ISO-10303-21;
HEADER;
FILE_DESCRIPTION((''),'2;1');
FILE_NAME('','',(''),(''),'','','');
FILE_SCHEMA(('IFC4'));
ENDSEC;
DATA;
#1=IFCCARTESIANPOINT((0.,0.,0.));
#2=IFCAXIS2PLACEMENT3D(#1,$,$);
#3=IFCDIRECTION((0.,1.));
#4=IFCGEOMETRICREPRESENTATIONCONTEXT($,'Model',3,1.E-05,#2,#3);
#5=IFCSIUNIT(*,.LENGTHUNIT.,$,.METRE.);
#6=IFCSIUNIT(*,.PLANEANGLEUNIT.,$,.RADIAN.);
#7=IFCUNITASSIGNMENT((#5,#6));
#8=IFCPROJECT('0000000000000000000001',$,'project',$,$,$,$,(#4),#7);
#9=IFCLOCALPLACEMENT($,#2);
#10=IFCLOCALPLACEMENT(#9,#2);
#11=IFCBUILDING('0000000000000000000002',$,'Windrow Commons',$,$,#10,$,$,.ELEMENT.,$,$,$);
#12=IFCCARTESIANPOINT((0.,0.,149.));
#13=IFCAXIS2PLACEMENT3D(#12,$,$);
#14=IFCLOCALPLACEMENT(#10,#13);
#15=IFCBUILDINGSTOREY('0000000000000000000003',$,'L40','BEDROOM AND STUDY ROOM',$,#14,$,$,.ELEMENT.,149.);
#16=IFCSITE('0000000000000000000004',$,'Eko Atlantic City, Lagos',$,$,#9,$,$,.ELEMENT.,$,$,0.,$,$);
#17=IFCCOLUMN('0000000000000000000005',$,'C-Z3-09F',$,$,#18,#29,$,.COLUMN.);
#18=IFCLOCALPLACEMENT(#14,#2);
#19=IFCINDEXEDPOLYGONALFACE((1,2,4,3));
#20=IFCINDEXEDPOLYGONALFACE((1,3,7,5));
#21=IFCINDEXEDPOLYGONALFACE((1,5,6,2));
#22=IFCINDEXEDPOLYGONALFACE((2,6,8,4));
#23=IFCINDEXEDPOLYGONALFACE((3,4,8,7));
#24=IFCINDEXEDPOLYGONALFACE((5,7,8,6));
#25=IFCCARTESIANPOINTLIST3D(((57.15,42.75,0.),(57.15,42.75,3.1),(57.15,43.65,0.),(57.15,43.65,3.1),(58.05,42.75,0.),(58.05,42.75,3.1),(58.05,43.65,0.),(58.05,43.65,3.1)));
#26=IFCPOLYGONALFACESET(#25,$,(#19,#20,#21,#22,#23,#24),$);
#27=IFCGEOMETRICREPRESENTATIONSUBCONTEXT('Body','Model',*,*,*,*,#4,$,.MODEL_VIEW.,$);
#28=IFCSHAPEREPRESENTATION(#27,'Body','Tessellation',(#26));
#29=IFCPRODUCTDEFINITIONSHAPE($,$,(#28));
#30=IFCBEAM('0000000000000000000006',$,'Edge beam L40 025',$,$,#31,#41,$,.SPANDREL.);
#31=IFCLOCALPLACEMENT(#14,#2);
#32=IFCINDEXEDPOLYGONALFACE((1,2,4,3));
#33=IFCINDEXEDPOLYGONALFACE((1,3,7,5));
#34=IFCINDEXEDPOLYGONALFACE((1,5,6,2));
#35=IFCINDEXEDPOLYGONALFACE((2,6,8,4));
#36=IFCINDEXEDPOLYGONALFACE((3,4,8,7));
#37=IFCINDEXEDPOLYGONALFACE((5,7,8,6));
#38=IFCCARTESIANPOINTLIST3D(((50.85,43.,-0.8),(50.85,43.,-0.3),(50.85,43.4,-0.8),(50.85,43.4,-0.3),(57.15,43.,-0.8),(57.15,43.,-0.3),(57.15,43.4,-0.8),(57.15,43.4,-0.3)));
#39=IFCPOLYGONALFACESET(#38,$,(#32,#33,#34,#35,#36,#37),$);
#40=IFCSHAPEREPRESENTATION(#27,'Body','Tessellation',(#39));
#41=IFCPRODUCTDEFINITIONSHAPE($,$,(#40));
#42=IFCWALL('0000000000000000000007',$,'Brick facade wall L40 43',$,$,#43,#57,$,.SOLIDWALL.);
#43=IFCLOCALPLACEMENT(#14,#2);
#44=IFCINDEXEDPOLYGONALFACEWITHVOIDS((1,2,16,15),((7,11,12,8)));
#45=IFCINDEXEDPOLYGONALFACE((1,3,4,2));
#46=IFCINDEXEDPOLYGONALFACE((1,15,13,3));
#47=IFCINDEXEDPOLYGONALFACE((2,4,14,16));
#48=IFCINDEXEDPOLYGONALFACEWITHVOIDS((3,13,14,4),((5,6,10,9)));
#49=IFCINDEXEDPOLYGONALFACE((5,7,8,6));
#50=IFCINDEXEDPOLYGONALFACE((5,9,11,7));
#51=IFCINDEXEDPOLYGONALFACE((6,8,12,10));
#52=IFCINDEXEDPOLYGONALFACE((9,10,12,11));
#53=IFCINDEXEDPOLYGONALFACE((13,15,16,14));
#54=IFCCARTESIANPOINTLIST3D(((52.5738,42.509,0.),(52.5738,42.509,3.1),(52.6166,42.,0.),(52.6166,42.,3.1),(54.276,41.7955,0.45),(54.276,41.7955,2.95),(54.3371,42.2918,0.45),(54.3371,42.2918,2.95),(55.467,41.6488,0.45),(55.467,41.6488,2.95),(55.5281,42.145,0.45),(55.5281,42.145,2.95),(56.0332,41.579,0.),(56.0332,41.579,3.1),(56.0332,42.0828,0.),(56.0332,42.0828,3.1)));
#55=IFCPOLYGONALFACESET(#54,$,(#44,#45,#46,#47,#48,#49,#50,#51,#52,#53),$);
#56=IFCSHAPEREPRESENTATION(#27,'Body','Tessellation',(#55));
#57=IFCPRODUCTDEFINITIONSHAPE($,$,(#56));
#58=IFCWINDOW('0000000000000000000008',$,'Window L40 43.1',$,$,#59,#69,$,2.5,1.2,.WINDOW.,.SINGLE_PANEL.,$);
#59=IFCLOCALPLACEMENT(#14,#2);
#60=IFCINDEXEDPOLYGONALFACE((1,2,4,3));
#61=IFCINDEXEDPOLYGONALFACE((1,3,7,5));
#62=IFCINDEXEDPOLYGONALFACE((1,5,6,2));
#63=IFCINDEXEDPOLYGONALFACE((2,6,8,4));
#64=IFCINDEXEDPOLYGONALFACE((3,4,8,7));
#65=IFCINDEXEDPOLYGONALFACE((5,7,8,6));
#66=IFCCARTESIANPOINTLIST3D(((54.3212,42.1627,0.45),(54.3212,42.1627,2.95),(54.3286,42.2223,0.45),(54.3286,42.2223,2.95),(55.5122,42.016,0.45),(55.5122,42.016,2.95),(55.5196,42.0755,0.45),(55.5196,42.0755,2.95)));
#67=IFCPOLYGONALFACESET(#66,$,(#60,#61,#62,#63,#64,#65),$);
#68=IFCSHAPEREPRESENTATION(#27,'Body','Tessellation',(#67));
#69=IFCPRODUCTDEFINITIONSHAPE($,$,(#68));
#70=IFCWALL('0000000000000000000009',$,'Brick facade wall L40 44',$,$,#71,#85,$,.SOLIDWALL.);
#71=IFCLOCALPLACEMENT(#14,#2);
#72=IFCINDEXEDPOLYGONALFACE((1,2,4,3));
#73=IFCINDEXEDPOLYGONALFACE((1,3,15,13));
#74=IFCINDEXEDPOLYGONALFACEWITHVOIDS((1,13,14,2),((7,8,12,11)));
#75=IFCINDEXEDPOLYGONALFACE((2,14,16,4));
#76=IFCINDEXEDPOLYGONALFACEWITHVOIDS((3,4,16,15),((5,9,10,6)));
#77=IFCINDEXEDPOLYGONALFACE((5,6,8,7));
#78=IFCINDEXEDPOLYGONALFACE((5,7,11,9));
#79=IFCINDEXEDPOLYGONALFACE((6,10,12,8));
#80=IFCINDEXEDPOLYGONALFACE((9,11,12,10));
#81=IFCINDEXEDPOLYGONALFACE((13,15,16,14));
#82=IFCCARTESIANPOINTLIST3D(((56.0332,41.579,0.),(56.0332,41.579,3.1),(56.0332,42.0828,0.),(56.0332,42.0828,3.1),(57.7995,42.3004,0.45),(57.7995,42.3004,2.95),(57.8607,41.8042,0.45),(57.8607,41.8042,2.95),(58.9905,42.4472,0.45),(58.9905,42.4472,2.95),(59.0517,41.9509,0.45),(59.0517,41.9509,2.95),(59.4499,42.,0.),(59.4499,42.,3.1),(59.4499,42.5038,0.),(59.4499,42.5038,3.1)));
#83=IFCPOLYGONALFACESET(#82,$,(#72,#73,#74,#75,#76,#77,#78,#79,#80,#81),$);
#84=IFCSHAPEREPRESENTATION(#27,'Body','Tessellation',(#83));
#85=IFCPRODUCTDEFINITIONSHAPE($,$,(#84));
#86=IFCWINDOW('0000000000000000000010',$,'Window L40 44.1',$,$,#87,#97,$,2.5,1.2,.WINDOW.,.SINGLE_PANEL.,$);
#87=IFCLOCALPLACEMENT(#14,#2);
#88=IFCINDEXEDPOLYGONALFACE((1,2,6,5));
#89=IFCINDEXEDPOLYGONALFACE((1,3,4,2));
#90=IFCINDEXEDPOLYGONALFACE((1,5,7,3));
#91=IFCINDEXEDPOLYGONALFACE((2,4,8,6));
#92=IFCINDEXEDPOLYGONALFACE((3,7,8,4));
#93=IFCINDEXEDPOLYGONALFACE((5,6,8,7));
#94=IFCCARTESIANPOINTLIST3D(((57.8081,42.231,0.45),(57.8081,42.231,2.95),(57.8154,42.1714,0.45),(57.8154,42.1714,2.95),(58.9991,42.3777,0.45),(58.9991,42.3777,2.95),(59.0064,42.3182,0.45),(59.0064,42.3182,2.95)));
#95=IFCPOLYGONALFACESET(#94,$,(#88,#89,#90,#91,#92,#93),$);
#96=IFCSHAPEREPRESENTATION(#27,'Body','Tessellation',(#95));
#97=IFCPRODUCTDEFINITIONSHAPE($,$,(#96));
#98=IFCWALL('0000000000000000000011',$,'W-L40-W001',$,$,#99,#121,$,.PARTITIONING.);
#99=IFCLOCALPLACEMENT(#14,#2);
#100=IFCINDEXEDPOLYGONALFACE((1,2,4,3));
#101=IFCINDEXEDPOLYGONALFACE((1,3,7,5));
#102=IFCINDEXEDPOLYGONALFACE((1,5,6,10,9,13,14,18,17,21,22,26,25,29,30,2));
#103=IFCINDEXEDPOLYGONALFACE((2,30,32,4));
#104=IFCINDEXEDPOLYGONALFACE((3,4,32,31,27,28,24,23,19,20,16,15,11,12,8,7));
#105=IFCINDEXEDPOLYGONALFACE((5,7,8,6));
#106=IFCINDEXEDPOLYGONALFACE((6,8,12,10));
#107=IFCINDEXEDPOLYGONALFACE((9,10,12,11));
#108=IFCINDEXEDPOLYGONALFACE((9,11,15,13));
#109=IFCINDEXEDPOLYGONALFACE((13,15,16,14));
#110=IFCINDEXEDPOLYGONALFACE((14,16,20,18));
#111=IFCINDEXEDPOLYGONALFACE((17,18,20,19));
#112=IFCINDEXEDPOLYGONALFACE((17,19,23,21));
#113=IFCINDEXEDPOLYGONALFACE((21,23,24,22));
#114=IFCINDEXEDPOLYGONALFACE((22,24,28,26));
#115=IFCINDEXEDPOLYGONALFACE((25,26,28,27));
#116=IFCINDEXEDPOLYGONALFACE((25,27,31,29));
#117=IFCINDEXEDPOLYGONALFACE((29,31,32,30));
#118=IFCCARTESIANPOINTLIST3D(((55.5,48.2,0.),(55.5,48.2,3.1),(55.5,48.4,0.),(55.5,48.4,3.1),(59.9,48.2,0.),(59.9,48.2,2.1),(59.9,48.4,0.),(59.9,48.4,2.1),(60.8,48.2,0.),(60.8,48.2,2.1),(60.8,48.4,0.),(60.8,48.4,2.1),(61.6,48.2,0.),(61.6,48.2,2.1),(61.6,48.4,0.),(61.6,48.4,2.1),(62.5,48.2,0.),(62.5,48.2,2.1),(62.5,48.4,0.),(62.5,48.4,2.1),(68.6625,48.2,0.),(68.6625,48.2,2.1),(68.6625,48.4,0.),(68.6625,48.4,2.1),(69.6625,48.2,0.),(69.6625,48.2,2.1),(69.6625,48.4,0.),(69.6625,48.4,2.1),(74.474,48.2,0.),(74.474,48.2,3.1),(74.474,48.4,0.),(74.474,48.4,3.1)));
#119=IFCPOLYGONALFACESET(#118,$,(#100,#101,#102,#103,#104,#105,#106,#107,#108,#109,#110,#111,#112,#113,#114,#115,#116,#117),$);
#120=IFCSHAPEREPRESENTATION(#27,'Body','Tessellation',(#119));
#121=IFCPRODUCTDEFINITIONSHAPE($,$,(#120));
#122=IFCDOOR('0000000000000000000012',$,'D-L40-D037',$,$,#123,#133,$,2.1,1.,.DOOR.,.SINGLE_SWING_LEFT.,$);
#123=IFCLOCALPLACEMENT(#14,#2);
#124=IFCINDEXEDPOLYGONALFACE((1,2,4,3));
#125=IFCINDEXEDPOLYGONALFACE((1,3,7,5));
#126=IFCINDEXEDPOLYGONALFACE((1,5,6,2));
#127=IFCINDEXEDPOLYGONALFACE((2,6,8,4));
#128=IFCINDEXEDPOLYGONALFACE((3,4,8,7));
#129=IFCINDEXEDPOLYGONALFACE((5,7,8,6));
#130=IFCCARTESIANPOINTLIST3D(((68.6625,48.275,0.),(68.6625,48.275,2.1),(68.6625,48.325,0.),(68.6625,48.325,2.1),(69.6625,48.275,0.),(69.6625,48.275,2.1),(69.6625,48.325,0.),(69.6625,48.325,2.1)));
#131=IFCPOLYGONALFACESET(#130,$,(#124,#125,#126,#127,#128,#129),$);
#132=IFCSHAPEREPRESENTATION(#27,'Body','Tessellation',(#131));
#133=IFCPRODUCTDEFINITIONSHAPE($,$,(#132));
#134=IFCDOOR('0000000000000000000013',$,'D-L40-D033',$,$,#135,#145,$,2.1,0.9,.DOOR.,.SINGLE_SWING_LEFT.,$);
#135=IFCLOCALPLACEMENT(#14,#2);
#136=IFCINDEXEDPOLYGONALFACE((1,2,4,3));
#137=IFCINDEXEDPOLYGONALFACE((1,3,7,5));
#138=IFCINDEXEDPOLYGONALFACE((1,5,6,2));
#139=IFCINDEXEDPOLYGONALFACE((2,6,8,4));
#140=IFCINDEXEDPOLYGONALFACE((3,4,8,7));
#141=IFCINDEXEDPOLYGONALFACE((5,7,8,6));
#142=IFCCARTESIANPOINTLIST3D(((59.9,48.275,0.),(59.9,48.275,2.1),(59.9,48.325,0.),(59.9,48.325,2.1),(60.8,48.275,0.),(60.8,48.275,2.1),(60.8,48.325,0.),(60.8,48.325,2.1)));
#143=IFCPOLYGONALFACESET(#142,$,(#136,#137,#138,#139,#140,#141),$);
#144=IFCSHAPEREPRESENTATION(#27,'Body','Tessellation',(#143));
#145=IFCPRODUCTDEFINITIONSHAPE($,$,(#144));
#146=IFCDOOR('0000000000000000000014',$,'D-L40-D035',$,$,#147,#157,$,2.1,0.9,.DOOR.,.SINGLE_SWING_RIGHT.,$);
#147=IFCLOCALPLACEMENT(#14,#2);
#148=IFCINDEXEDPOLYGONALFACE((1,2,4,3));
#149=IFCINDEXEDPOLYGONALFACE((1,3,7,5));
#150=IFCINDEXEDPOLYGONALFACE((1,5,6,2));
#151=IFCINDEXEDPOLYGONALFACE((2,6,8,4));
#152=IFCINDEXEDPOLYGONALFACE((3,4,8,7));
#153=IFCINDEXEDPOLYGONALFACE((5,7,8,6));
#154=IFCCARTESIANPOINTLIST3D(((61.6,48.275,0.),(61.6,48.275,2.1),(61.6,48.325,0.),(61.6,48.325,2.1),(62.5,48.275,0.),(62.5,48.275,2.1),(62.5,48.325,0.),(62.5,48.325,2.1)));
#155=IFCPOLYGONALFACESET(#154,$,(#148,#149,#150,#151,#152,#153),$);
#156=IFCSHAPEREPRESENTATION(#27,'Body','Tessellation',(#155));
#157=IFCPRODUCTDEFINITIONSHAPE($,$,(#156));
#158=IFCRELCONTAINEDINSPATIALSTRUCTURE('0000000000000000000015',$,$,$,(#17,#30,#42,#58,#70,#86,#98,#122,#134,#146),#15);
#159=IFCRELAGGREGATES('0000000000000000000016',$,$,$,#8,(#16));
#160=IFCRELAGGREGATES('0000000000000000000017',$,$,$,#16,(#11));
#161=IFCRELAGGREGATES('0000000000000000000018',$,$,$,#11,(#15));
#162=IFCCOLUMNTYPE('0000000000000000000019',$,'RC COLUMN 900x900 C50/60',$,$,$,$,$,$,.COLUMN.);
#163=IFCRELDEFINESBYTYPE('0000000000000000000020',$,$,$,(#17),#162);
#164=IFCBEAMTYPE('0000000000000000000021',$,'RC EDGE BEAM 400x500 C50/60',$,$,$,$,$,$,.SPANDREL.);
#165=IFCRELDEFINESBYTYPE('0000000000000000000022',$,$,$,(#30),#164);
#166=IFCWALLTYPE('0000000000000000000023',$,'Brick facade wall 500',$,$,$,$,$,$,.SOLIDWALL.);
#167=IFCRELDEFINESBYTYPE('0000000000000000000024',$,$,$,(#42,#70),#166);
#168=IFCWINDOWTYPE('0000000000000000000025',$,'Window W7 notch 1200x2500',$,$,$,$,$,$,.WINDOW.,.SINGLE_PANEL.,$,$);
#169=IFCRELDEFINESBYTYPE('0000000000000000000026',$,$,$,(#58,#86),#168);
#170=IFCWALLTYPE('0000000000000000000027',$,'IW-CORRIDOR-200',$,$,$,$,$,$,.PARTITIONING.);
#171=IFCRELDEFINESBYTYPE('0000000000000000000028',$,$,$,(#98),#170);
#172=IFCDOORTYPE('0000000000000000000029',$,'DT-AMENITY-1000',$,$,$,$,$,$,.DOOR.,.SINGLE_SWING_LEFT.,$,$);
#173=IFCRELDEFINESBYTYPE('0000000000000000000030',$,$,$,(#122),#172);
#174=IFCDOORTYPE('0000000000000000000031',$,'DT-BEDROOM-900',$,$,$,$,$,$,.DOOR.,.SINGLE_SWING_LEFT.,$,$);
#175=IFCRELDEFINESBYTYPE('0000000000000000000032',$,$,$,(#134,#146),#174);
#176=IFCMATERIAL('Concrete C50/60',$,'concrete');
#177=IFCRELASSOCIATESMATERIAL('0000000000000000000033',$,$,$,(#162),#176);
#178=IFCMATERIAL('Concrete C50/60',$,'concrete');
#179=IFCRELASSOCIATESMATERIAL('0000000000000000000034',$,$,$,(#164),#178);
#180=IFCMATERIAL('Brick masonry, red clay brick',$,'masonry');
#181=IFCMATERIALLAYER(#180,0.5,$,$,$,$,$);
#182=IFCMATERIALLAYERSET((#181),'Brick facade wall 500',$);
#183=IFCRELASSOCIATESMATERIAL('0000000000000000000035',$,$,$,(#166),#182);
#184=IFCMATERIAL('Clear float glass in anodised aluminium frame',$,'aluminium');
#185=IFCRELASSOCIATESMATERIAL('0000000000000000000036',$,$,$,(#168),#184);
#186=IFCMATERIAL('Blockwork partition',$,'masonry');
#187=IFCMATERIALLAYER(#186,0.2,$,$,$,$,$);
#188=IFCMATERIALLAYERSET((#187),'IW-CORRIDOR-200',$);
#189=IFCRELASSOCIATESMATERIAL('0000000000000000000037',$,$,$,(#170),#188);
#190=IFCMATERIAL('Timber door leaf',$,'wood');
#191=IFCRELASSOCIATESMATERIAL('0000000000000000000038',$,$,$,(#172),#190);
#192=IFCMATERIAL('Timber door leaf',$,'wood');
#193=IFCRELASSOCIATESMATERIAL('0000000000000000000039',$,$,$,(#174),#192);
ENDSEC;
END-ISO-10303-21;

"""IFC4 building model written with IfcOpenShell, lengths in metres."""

from ifc_helpers import new_model, si_unit, direction, frame, frame_2d, origin, origin_2d, place, context, subcontext, project, spatial, polyline, rectangle, outline, extrude, material, layer, layer_set, material_profile, profile_set, type_object, element, fill, save


model = new_model("IFC4")

# Units and contexts
model_context = context("Model", 3, precision=1e-05, world=origin(), true_north=direction((0.0, 1.0)))
body_context = subcontext(model_context, "Body", "Model", "MODEL_VIEW")
ifc_project = project(units=[si_unit("LENGTHUNIT", "METRE"), si_unit("PLANEANGLEUNIT", "RADIAN")], contexts=[model_context])

# Site, building, storey
site_placement = place(None, origin())
site = spatial("IfcSite", under=ifc_project, at=site_placement, Name="Eko Atlantic City, Lagos", CompositionType="ELEMENT", RefElevation=0.0)
building_placement = place(site_placement, origin())
building = spatial("IfcBuilding", under=site, at=building_placement, Name="Windrow Commons", CompositionType="ELEMENT")
storey_placement = place(building_placement, frame((0.0, 0.0, 149.0)))
storey = spatial("IfcBuildingStorey", under=building, at=storey_placement, Name="L40", Description="BEDROOM AND STUDY ROOM", CompositionType="ELEMENT", Elevation=149.0)

# Column
ifc_material_1 = material(Name="Concrete C50/60", Category="concrete")
ifc_material_profile_1 = material_profile(ifc_material_1, rectangle(XDim=0.9, YDim=0.9, at=origin_2d()))
ifc_profile_set_1 = profile_set([ifc_material_profile_1], Name="Concrete C50/60")
column_type = type_object("IfcColumnType", Name="RC COLUMN 900x900 C50/60", PredefinedType="COLUMN", material=ifc_profile_set_1)
column_placement = place(storey_placement, frame((57.6, 43.2, 0.0), z_axis=(0.0, 0.0, 1.0), x_axis=(1.0, 0.0, 0.0)))
element("IfcColumn", 1, at=column_placement, inside=storey, type_object=column_type, Name="C-Z3-09F", PredefinedType="COLUMN", context=body_context, shape_type="SweptSolid", body=[
    extrude(rectangle(XDim=0.9, YDim=0.9, at=origin_2d()), origin(), (0.0, 0.0, 1.0), 3.1),
])

# Beam
ifc_material_2 = material(Name="Concrete C50/60", Category="concrete")
ifc_material_profile_2 = material_profile(ifc_material_2, rectangle(XDim=0.4, YDim=0.5, at=origin_2d()))
ifc_profile_set_2 = profile_set([ifc_material_profile_2], Name="Concrete C50/60")
beam_type = type_object("IfcBeamType", Name="RC EDGE BEAM 400x500 C50/60", PredefinedType="SPANDREL", material=ifc_profile_set_2)
beam_placement = place(storey_placement, frame((57.15, 43.2, -0.55), z_axis=(-1.0, 0.0, 0.0), x_axis=(0.0, -1.0, 0.0)))
element("IfcBeam", 2, at=beam_placement, inside=storey, type_object=beam_type, Name="Edge beam L40 025", PredefinedType="SPANDREL", context=body_context, shape_type="SweptSolid", body=[
    extrude(rectangle(XDim=0.4, YDim=0.5, at=origin_2d()), origin(), (0.0, 0.0, 1.0), 6.3),
])

# Walls, openings, windows
ifc_material_3 = material(Name="Brick masonry, red clay brick", Category="masonry")
ifc_layer_1 = layer(ifc_material_3, 0.5)
ifc_layer_set_1 = layer_set([ifc_layer_1], Name="Brick facade wall 500")
wall_type_1 = type_object("IfcWallType", Name="Brick facade wall 500", PredefinedType="SOLIDWALL", material=ifc_layer_set_1)
wall_1_placement = place(storey_placement, frame((52.5952, 42.2545, 0.0), z_axis=(0.0, 0.0, 1.0), x_axis=(0.992495, -0.122286, 0.0)))
wall_1 = element("IfcWall", 3, at=wall_1_placement, inside=storey, type_object=wall_type_1, Name="Brick facade wall L40 43", PredefinedType="SOLIDWALL", context=body_context, shape_type="SweptSolid", body=[
    extrude(outline(polyline([(0.0524, -0.25), (3.4948, -0.25), (3.4332, 0.25), (-0.0524, 0.25), (0.0524, -0.25)])), origin(), (0.0, 0.0, 1.0), 3.1),
])
opening_1_placement = place(wall_1_placement, frame((1.7243, 0.0, 0.45)))
opening_1 = element("IfcOpeningElement", 4, at=opening_1_placement, cuts=wall_1, PredefinedType="OPENING", context=body_context, shape_type="SweptSolid", body=[
    extrude(rectangle(XDim=1.2, YDim=2.5, at=frame_2d((0.6, 1.25))), frame((0.0, 0.26, 0.0), z_axis=(0.0, -1.0, 0.0), x_axis=(1.0, 0.0, 0.0)), (0.0, 0.0, 1.0), 0.52),
])
ifc_material_4 = material(Name="Clear float glass in anodised aluminium frame", Category="aluminium")
window_type = type_object("IfcWindowType", Name="Window W7 notch 1200x2500", PartitioningType="SINGLE_PANEL", PredefinedType="WINDOW", material=ifc_material_4)
window_1_placement = place(opening_1_placement, origin())
window_1 = element("IfcWindow", 5, at=window_1_placement, inside=storey, type_object=window_type, Name="Window L40 43.1", OverallHeight=2.5, OverallWidth=1.2, PartitioningType="SINGLE_PANEL", PredefinedType="WINDOW", context=body_context, shape_type="SweptSolid", body=[
    extrude(rectangle(XDim=1.2, YDim=2.5, at=frame_2d((0.6, 1.25))), frame((0.0, 0.18, 0.0), z_axis=(0.0, -1.0, 0.0), x_axis=(1.0, 0.0, 0.0)), (0.0, 0.0, 1.0), 0.06),
])
fill(opening_1, window_1)
wall_2_placement = place(storey_placement, frame((56.0332, 41.8309, 0.0), z_axis=(0.0, 0.0, 1.0), x_axis=(0.992494, 0.122293, 0.0)))
wall_2 = element("IfcWall", 6, at=wall_2_placement, inside=storey, type_object=wall_type_1, Name="Brick facade wall L40 44", PredefinedType="SOLIDWALL", context=body_context, shape_type="SweptSolid", body=[
    extrude(outline(polyline([(-0.0308, -0.25), (3.4117, -0.25), (3.4733, 0.25), (0.0308, 0.25), (-0.0308, -0.25)])), origin(), (0.0, 0.0, 1.0), 3.1),
])
opening_2_placement = place(wall_2_placement, frame((1.8105, 0.0, 0.45)))
opening_2 = element("IfcOpeningElement", 7, at=opening_2_placement, cuts=wall_2, PredefinedType="OPENING", context=body_context, shape_type="SweptSolid", body=[
    extrude(rectangle(XDim=1.2, YDim=2.5, at=frame_2d((0.6, 1.25))), frame((0.0, 0.26, 0.0), z_axis=(0.0, -1.0, 0.0), x_axis=(1.0, 0.0, 0.0)), (0.0, 0.0, 1.0), 0.52),
])
window_2_placement = place(opening_2_placement, origin())
window_2 = element("IfcWindow", 8, at=window_2_placement, inside=storey, type_object=window_type, Name="Window L40 44.1", OverallHeight=2.5, OverallWidth=1.2, PartitioningType="SINGLE_PANEL", PredefinedType="WINDOW", context=body_context, shape_type="SweptSolid", body=[
    extrude(rectangle(XDim=1.2, YDim=2.5, at=frame_2d((0.6, 1.25))), frame((0.0, 0.18, 0.0), z_axis=(0.0, -1.0, 0.0), x_axis=(1.0, 0.0, 0.0)), (0.0, 0.0, 1.0), 0.06),
])
fill(opening_2, window_2)

# Wall, openings, doors
ifc_material_5 = material(Name="Blockwork partition", Category="masonry")
ifc_layer_2 = layer(ifc_material_5, 0.2)
ifc_layer_set_2 = layer_set([ifc_layer_2], Name="IW-CORRIDOR-200")
wall_type_2 = type_object("IfcWallType", Name="IW-CORRIDOR-200", PredefinedType="PARTITIONING", material=ifc_layer_set_2)
wall_3_placement = place(storey_placement, frame((55.5, 48.3, 0.0), z_axis=(0.0, 0.0, 1.0), x_axis=(1.0, 0.0, 0.0)))
wall_3 = element("IfcWall", 9, at=wall_3_placement, inside=storey, type_object=wall_type_2, Name="W-L40-W001", PredefinedType="PARTITIONING", context=body_context, shape_type="SweptSolid", body=[
    extrude(rectangle(XDim=18.974, YDim=0.2, at=frame_2d((9.487, 0.0))), origin(), (0.0, 0.0, 1.0), 3.1),
])
opening_3_placement = place(wall_3_placement, frame((4.4, 0.0, 0.0)))
opening_3 = element("IfcOpeningElement", 10, at=opening_3_placement, cuts=wall_3, PredefinedType="OPENING", context=body_context, shape_type="SweptSolid", body=[
    extrude(rectangle(XDim=0.9, YDim=2.1, at=frame_2d((0.45, 1.05))), frame((0.0, 0.11, 0.0), z_axis=(0.0, -1.0, 0.0), x_axis=(1.0, 0.0, 0.0)), (0.0, 0.0, 1.0), 0.22),
])
opening_4_placement = place(wall_3_placement, frame((6.1, 0.0, 0.0)))
opening_4 = element("IfcOpeningElement", 11, at=opening_4_placement, cuts=wall_3, PredefinedType="OPENING", context=body_context, shape_type="SweptSolid", body=[
    extrude(rectangle(XDim=0.9, YDim=2.1, at=frame_2d((0.45, 1.05))), frame((0.0, 0.11, 0.0), z_axis=(0.0, -1.0, 0.0), x_axis=(1.0, 0.0, 0.0)), (0.0, 0.0, 1.0), 0.22),
])
opening_5_placement = place(wall_3_placement, frame((13.1625, 0.0, 0.0)))
opening_5 = element("IfcOpeningElement", 12, at=opening_5_placement, cuts=wall_3, PredefinedType="OPENING", context=body_context, shape_type="SweptSolid", body=[
    extrude(rectangle(XDim=1.0, YDim=2.1, at=frame_2d((0.5, 1.05))), frame((0.0, 0.11, 0.0), z_axis=(0.0, -1.0, 0.0), x_axis=(1.0, 0.0, 0.0)), (0.0, 0.0, 1.0), 0.22),
])
ifc_material_6 = material(Name="Timber door leaf", Category="wood")
door_type_1 = type_object("IfcDoorType", Name="DT-AMENITY-1000", OperationType="SINGLE_SWING_LEFT", PredefinedType="DOOR", material=ifc_material_6)
door_1_placement = place(opening_5_placement, origin())
door_1 = element("IfcDoor", 13, at=door_1_placement, inside=storey, type_object=door_type_1, Name="D-L40-D037", OperationType="SINGLE_SWING_LEFT", OverallHeight=2.1, OverallWidth=1.0, PredefinedType="DOOR", context=body_context, shape_type="SweptSolid", body=[
    extrude(rectangle(XDim=1.0, YDim=2.1, at=frame_2d((0.5, 1.05))), frame((0.0, 0.025, 0.0), z_axis=(0.0, -1.0, 0.0), x_axis=(1.0, 0.0, 0.0)), (0.0, 0.0, 1.0), 0.05),
])
fill(opening_5, door_1)
ifc_material_7 = material(Name="Timber door leaf", Category="wood")
door_type_2 = type_object("IfcDoorType", Name="DT-BEDROOM-900", OperationType="SINGLE_SWING_LEFT", PredefinedType="DOOR", material=ifc_material_7)
door_2_placement = place(opening_3_placement, origin())
door_2 = element("IfcDoor", 14, at=door_2_placement, inside=storey, type_object=door_type_2, Name="D-L40-D033", OperationType="SINGLE_SWING_LEFT", OverallHeight=2.1, OverallWidth=0.9, PredefinedType="DOOR", context=body_context, shape_type="SweptSolid", body=[
    extrude(rectangle(XDim=0.9, YDim=2.1, at=frame_2d((0.45, 1.05))), frame((0.0, 0.025, 0.0), z_axis=(0.0, -1.0, 0.0), x_axis=(1.0, 0.0, 0.0)), (0.0, 0.0, 1.0), 0.05),
])
fill(opening_3, door_2)
door_3_placement = place(opening_4_placement, origin())
door_3 = element("IfcDoor", 15, at=door_3_placement, inside=storey, type_object=door_type_2, Name="D-L40-D035", OperationType="SINGLE_SWING_RIGHT", OverallHeight=2.1, OverallWidth=0.9, PredefinedType="DOOR", context=body_context, shape_type="SweptSolid", body=[
    extrude(rectangle(XDim=0.9, YDim=2.1, at=frame_2d((0.45, 1.05))), frame((0.0, 0.025, 0.0), z_axis=(0.0, -1.0, 0.0), x_axis=(1.0, 0.0, 0.0)), (0.0, 0.0, 1.0), 0.05),
])
fill(opening_4, door_3)

save(model, "model.ifc")
